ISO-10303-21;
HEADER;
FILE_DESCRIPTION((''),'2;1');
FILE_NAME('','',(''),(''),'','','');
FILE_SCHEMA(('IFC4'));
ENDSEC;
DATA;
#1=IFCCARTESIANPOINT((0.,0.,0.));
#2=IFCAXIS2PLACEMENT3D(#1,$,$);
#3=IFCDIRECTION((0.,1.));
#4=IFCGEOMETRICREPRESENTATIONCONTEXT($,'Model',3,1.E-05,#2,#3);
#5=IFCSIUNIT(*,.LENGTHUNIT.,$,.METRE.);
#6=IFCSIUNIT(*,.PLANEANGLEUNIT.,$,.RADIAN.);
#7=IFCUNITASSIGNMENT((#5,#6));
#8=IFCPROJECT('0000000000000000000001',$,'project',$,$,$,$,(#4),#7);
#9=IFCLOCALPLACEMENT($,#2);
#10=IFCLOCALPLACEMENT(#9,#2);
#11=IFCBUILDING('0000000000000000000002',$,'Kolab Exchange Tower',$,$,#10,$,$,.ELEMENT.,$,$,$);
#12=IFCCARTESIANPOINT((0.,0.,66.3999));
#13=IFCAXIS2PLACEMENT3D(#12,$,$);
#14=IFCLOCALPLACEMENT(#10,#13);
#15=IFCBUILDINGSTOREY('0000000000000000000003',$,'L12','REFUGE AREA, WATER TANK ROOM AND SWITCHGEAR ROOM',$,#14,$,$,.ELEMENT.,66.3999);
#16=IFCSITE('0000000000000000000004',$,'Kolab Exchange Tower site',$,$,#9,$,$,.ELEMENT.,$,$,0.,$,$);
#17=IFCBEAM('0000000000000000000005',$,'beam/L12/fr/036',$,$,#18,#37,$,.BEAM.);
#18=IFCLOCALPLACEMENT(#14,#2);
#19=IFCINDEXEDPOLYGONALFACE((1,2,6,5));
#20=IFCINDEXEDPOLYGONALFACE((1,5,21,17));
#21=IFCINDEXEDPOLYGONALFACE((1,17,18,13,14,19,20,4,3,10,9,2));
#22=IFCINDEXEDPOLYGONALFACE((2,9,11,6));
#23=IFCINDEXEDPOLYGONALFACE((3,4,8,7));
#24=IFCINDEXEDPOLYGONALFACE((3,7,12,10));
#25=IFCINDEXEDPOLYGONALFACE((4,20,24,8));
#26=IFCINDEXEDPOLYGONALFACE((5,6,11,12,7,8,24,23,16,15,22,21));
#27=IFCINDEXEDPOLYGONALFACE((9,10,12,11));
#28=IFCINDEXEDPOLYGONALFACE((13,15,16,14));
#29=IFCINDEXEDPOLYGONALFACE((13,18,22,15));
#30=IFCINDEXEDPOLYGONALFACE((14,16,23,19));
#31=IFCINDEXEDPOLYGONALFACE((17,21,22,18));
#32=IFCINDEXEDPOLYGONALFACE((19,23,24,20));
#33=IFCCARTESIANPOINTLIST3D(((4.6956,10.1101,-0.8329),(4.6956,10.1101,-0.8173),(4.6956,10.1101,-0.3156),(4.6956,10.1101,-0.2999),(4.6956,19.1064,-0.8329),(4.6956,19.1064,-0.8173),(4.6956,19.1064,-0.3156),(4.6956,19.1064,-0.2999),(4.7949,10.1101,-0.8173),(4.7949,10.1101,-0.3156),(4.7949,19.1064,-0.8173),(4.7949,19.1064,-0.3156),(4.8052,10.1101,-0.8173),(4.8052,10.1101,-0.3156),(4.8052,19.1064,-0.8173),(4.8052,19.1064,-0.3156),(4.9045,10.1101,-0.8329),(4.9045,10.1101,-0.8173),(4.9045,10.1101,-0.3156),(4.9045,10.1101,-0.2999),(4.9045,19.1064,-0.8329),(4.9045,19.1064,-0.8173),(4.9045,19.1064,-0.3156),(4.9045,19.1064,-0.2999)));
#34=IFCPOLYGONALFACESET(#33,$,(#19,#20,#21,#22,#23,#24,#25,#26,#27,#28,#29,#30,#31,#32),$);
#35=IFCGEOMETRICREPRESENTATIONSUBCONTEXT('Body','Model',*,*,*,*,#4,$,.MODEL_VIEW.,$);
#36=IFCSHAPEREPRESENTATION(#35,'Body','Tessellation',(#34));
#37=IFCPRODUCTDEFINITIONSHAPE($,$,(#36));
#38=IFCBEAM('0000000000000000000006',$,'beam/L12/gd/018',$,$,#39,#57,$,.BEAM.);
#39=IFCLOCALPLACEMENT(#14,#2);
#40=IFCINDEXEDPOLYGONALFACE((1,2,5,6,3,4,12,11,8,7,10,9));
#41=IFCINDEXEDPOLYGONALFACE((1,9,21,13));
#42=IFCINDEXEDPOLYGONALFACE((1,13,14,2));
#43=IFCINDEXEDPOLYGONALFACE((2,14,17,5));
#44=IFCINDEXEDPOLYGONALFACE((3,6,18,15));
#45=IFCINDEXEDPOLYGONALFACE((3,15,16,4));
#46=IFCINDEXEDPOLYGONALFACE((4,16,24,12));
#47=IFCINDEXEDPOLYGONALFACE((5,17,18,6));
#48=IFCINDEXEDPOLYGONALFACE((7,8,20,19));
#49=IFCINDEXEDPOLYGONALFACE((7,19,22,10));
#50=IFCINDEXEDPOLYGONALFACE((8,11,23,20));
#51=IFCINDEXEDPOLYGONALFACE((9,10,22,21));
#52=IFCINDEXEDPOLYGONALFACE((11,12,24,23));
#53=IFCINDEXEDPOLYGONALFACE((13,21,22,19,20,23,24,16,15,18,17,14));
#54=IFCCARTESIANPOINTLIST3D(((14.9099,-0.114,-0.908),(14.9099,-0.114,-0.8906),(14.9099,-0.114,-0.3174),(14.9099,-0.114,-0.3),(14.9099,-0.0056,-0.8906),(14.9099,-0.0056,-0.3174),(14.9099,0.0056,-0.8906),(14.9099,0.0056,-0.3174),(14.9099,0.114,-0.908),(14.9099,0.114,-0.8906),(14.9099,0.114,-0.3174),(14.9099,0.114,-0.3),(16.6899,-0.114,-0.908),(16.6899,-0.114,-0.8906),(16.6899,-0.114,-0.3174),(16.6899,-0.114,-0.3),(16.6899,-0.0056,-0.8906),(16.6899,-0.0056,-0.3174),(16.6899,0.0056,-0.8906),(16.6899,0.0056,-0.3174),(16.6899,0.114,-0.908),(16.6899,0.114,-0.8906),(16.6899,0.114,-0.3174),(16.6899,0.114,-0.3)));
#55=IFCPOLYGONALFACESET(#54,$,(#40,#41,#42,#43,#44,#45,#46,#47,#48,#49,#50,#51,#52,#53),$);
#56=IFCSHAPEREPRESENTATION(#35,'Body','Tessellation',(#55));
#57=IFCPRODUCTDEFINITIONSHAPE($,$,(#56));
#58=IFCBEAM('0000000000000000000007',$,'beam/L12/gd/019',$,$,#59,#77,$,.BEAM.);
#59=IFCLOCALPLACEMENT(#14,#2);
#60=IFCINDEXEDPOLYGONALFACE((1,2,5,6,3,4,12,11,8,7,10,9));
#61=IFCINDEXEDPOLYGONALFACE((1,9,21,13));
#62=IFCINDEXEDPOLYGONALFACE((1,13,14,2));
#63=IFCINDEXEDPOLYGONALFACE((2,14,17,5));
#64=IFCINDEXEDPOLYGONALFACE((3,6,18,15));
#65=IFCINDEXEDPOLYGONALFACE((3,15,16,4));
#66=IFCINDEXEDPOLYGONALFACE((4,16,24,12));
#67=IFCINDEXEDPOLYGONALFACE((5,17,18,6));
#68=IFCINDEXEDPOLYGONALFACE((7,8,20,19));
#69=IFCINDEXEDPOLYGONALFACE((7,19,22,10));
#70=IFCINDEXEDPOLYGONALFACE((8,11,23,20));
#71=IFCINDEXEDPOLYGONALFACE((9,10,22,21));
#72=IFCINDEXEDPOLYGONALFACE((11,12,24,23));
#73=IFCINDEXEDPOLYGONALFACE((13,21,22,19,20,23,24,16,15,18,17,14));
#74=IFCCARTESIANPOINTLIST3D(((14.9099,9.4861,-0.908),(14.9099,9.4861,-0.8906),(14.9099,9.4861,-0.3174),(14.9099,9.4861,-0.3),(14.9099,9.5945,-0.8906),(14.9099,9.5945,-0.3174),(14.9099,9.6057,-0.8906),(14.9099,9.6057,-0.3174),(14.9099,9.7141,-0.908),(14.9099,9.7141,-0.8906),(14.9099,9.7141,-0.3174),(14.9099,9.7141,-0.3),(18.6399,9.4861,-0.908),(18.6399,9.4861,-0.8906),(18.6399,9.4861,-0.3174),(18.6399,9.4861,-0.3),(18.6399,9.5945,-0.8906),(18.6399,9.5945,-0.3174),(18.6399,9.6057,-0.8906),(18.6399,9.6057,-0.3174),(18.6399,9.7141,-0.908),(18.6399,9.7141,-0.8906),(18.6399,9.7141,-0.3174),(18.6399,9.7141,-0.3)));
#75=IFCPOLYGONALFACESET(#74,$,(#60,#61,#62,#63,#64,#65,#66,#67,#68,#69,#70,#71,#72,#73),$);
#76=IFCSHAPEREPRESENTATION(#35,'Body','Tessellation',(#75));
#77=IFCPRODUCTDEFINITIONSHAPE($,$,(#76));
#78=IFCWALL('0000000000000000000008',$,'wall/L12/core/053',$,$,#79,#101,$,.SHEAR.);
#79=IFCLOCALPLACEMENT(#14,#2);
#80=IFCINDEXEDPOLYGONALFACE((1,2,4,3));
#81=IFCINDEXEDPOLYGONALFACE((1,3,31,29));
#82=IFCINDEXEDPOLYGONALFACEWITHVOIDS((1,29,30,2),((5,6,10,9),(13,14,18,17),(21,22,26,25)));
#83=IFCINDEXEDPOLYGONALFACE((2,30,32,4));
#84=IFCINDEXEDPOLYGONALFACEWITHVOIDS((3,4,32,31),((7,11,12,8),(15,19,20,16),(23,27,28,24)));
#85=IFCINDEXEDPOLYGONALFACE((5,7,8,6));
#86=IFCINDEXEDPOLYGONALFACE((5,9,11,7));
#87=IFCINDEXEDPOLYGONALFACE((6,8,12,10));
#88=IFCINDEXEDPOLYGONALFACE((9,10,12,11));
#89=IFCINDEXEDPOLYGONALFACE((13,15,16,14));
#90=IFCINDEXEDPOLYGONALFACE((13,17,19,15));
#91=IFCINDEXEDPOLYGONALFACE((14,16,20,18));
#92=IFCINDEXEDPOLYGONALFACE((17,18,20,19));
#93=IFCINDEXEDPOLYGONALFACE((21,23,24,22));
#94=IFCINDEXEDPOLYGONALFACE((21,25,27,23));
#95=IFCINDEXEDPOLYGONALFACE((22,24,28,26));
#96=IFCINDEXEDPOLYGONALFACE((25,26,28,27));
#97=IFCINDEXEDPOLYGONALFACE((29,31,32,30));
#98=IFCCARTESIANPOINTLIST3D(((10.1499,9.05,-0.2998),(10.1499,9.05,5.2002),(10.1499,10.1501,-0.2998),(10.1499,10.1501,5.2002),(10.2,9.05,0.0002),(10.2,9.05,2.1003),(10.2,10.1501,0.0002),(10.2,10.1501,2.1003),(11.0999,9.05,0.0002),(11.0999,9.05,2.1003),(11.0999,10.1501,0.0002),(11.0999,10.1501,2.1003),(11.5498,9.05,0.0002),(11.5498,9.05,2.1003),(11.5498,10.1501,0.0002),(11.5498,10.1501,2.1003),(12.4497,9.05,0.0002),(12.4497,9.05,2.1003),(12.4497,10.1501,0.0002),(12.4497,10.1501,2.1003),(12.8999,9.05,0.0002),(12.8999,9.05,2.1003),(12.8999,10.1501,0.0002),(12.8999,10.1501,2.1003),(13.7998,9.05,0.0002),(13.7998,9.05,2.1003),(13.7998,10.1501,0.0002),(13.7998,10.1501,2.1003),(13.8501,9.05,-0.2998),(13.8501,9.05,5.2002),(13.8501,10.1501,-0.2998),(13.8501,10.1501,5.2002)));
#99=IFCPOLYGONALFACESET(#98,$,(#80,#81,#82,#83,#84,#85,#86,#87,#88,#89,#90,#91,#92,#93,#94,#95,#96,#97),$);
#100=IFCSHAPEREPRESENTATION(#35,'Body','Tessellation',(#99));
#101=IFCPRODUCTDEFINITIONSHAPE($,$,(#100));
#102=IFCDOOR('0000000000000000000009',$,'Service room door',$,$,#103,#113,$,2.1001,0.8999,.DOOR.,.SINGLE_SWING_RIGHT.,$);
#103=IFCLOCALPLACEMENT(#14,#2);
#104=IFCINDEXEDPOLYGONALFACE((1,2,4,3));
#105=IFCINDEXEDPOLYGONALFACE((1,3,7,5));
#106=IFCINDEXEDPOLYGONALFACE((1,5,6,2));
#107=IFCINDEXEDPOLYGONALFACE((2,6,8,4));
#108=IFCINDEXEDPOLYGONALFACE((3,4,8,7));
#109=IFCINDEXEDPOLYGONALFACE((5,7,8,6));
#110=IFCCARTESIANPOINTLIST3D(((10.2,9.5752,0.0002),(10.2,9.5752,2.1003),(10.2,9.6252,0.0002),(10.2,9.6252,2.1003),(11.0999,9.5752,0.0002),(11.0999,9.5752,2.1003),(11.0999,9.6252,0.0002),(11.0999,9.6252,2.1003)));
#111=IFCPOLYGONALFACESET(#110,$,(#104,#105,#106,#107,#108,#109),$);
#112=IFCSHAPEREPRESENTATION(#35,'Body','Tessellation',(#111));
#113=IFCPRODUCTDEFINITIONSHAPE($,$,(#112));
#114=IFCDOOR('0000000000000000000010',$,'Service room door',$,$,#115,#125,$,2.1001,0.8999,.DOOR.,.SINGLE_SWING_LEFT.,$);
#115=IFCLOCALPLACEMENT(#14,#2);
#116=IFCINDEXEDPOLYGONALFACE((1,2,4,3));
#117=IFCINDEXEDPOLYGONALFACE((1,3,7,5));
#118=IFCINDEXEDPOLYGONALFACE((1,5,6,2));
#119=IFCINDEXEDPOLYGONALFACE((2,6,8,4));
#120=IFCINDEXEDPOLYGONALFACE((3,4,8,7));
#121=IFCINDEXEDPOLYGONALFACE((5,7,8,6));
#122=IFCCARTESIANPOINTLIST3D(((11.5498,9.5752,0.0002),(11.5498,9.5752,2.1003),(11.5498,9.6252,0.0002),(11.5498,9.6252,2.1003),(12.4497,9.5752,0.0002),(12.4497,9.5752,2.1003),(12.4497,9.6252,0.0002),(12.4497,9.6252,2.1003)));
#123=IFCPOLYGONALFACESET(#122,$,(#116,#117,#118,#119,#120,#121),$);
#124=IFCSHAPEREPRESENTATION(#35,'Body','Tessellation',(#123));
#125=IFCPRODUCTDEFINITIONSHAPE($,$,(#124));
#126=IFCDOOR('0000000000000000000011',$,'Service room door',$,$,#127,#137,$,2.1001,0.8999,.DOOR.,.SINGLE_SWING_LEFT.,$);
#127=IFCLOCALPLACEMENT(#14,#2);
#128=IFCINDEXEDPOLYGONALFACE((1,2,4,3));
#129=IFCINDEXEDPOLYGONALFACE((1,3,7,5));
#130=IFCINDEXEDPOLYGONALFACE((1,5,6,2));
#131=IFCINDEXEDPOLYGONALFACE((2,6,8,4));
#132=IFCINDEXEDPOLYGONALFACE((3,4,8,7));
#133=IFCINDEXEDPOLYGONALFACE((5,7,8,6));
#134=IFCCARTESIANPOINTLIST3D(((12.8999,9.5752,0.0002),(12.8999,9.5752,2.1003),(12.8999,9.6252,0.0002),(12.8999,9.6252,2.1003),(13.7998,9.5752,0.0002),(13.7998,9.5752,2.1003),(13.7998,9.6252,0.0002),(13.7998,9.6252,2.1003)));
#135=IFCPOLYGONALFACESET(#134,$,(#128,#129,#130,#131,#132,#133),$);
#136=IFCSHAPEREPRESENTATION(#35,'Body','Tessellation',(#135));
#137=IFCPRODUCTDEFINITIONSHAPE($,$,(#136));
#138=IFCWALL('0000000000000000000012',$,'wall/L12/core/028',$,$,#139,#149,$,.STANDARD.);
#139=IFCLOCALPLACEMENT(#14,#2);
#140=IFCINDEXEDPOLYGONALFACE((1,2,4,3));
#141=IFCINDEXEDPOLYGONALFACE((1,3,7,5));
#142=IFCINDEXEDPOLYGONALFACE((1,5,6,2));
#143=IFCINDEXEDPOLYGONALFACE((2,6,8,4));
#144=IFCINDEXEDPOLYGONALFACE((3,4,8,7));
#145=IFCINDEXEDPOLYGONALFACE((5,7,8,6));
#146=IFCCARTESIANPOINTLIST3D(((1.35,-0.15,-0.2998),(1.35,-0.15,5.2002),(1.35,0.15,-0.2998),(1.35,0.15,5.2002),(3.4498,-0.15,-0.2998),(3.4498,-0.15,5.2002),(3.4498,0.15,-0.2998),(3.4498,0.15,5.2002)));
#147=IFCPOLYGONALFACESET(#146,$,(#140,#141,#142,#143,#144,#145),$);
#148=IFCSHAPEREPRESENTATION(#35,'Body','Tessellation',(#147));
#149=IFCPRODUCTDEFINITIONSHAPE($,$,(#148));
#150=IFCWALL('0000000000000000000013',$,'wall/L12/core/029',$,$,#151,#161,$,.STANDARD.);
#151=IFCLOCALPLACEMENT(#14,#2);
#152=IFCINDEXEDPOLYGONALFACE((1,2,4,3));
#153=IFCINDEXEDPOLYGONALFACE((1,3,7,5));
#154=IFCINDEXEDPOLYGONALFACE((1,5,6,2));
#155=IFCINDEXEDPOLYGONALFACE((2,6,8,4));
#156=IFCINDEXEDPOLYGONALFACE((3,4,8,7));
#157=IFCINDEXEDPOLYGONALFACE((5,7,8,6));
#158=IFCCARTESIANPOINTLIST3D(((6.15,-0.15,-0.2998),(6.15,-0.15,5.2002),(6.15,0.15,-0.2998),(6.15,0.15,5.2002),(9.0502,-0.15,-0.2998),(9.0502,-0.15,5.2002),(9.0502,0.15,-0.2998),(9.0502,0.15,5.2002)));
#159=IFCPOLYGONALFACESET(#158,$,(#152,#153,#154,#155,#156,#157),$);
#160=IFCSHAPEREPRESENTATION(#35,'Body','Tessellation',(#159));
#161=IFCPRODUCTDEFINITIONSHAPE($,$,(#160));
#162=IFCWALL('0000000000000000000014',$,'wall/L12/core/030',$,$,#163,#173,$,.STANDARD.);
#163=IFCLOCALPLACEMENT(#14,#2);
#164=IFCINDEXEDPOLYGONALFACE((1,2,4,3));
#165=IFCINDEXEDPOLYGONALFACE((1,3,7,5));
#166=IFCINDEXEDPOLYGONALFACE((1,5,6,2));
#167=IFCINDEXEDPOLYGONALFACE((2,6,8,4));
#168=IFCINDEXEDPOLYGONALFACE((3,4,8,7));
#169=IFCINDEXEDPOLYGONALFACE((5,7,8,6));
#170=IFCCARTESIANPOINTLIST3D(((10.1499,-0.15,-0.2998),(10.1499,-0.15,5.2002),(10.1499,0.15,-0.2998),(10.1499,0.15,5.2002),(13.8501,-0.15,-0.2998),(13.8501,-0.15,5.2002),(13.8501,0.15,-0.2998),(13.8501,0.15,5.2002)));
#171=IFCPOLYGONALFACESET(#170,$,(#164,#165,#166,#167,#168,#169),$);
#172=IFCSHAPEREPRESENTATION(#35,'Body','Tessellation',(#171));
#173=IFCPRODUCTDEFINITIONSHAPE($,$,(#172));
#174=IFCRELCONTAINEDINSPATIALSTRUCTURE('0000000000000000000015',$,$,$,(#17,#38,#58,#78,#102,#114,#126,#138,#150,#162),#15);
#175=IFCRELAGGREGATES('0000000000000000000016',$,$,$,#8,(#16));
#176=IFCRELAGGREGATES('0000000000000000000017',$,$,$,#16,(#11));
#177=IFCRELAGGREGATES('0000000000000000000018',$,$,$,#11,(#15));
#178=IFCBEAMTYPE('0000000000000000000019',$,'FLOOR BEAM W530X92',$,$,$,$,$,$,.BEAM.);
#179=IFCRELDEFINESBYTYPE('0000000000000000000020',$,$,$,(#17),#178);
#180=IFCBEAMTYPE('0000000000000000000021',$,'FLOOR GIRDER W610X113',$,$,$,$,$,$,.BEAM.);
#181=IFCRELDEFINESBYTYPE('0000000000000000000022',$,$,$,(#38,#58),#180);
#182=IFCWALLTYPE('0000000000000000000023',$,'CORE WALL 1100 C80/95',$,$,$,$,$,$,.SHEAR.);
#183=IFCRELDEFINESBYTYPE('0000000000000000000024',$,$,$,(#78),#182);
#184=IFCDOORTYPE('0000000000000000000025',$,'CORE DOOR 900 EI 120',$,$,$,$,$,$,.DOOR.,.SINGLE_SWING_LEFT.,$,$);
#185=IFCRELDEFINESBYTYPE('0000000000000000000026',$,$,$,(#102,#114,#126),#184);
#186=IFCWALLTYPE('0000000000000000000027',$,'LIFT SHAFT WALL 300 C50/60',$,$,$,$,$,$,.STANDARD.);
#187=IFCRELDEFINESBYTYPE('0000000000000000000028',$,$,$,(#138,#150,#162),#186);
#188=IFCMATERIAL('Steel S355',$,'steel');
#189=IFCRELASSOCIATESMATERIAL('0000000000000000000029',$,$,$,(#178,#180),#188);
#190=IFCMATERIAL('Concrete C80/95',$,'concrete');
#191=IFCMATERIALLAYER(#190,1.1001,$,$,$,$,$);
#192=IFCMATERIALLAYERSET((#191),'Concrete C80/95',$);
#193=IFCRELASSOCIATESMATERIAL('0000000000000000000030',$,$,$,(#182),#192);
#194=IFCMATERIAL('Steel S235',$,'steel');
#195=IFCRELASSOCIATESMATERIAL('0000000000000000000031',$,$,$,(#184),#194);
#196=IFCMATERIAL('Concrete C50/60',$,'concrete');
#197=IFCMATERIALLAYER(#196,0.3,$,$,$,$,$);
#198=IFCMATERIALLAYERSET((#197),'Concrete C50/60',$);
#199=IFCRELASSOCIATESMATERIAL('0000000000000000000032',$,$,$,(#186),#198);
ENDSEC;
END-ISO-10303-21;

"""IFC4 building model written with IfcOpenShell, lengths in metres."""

from ifc_helpers import new_model, si_unit, direction, frame, frame_2d, origin, origin_2d, place, context, subcontext, project, spatial, rectangle, i_section, extrude, material, layer, layer_set, material_profile, profile_set, type_object, element, fill, save


model = new_model("IFC4")

# Units and contexts
model_context = context("Model", 3, precision=1e-05, world=origin(), true_north=direction((0.0, 1.0)))
body_context = subcontext(model_context, "Body", "Model", "MODEL_VIEW")
ifc_project = project(units=[si_unit("LENGTHUNIT", "METRE"), si_unit("PLANEANGLEUNIT", "RADIAN")], contexts=[model_context])

# Site, building, storey
site_placement = place(None, origin())
site = spatial("IfcSite", under=ifc_project, at=site_placement, Name="Kolab Exchange Tower site", CompositionType="ELEMENT", RefElevation=0.0)
building_placement = place(site_placement, origin())
building = spatial("IfcBuilding", under=site, at=building_placement, Name="Kolab Exchange Tower", CompositionType="ELEMENT")
storey_placement = place(building_placement, frame((0.0, 0.0, 66.3999)))
storey = spatial("IfcBuildingStorey", under=building, at=storey_placement, Name="L12", Description="REFUGE AREA, WATER TANK ROOM AND SWITCHGEAR ROOM", CompositionType="ELEMENT", Elevation=66.3999)

# Beams
ifc_material_1 = material(Name="Steel S355", Category="steel")
ifc_material_profile_1 = material_profile(ifc_material_1, i_section(OverallWidth=0.209, OverallDepth=0.533, WebThickness=0.0103, FlangeThickness=0.0156, at=origin_2d()), Name="W530X92")
ifc_profile_set_1 = profile_set([ifc_material_profile_1], Name="Steel S355")
beam_type_1 = type_object("IfcBeamType", Name="FLOOR BEAM W530X92", PredefinedType="BEAM", material=ifc_profile_set_1)
beam_1_placement = place(storey_placement, frame((4.8, 10.1101, -0.5664), z_axis=(0.0, 1.0, 0.0), x_axis=(-1.0, 0.0, 0.0)))
element("IfcBeam", 1, at=beam_1_placement, inside=storey, type_object=beam_type_1, Name="beam/L12/fr/036", PredefinedType="BEAM", context=body_context, shape_type="SweptSolid", body=[
    extrude(i_section(OverallWidth=0.209, OverallDepth=0.533, WebThickness=0.0103, FlangeThickness=0.0156, at=origin_2d()), origin(), (0.0, 0.0, 1.0), 8.9963),
])
ifc_material_profile_2 = material_profile(ifc_material_1, i_section(OverallWidth=0.228, OverallDepth=0.6079, WebThickness=0.0112, FlangeThickness=0.0173, at=origin_2d()), Name="W610X113")
ifc_profile_set_2 = profile_set([ifc_material_profile_2], Name="Steel S355")
beam_type_2 = type_object("IfcBeamType", Name="FLOOR GIRDER W610X113", PredefinedType="BEAM", material=ifc_profile_set_2)
beam_2_placement = place(storey_placement, frame((14.9099, 0.0, -0.604), z_axis=(1.0, 0.0, 0.0), x_axis=(0.0, 1.0, 0.0)))
element("IfcBeam", 2, at=beam_2_placement, inside=storey, type_object=beam_type_2, Name="beam/L12/gd/018", PredefinedType="BEAM", context=body_context, shape_type="SweptSolid", body=[
    extrude(i_section(OverallWidth=0.228, OverallDepth=0.6079, WebThickness=0.0112, FlangeThickness=0.0173, at=origin_2d()), origin(), (0.0, 0.0, 1.0), 1.78),
])
beam_3_placement = place(storey_placement, frame((14.9099, 9.6001, -0.604), z_axis=(1.0, 0.0, 0.0), x_axis=(0.0, 1.0, 0.0)))
element("IfcBeam", 3, at=beam_3_placement, inside=storey, type_object=beam_type_2, Name="beam/L12/gd/019", PredefinedType="BEAM", context=body_context, shape_type="SweptSolid", body=[
    extrude(i_section(OverallWidth=0.228, OverallDepth=0.6079, WebThickness=0.0112, FlangeThickness=0.0173, at=origin_2d()), origin(), (0.0, 0.0, 1.0), 3.73),
])

# Wall, openings, doors
ifc_material_2 = material(Name="Concrete C80/95", Category="concrete")
ifc_layer_1 = layer(ifc_material_2, 1.1001)
ifc_layer_set_1 = layer_set([ifc_layer_1], Name="Concrete C80/95")
wall_type_1 = type_object("IfcWallType", Name="CORE WALL 1100 C80/95", PredefinedType="SHEAR", material=ifc_layer_set_1)
wall_1_placement = place(storey_placement, frame((10.1499, 9.6001, -0.2998), z_axis=(0.0, 0.0, 1.0), x_axis=(1.0, 0.0, 0.0)))
wall_1 = element("IfcWall", 4, at=wall_1_placement, inside=storey, type_object=wall_type_1, Name="wall/L12/core/053", PredefinedType="SHEAR", context=body_context, shape_type="SweptSolid", body=[
    extrude(rectangle(XDim=3.7002, YDim=1.1001, at=frame_2d((1.8501, 0.0))), origin(), (0.0, 0.0, 1.0), 5.5),
])
opening_1_placement = place(wall_1_placement, frame((0.05, 0.0, 0.3)))
opening_1 = element("IfcOpeningElement", 5, at=opening_1_placement, cuts=wall_1, PredefinedType="OPENING", context=body_context, shape_type="SweptSolid", body=[
    extrude(rectangle(XDim=0.8999, YDim=2.1001, at=frame_2d((0.45, 1.05))), frame((0.0, 0.5601, 0.0), z_axis=(0.0, -1.0, 0.0), x_axis=(1.0, 0.0, 0.0)), (0.0, 0.0, 1.0), 1.1201),
])
opening_2_placement = place(wall_1_placement, frame((1.3999, 0.0, 0.3)))
opening_2 = element("IfcOpeningElement", 6, at=opening_2_placement, cuts=wall_1, PredefinedType="OPENING", context=body_context, shape_type="SweptSolid", body=[
    extrude(rectangle(XDim=0.8999, YDim=2.1001, at=frame_2d((0.45, 1.05))), frame((0.0, 0.5601, 0.0), z_axis=(0.0, -1.0, 0.0), x_axis=(1.0, 0.0, 0.0)), (0.0, 0.0, 1.0), 1.1201),
])
opening_3_placement = place(wall_1_placement, frame((2.75, 0.0, 0.3)))
opening_3 = element("IfcOpeningElement", 7, at=opening_3_placement, cuts=wall_1, PredefinedType="OPENING", context=body_context, shape_type="SweptSolid", body=[
    extrude(rectangle(XDim=0.8999, YDim=2.1001, at=frame_2d((0.45, 1.05))), frame((0.0, 0.5601, 0.0), z_axis=(0.0, -1.0, 0.0), x_axis=(1.0, 0.0, 0.0)), (0.0, 0.0, 1.0), 1.1201),
])
ifc_material_3 = material(Name="Steel S235", Category="steel")
door_type_1 = type_object("IfcDoorType", Name="CORE DOOR 900 EI 120", OperationType="SINGLE_SWING_LEFT", PredefinedType="DOOR", material=ifc_material_3)
door_1_placement = place(opening_1_placement, frame((0.8999, 0.0, 0.0), z_axis=(0.0, 0.0, 1.0), x_axis=(-1.0, 0.0, 0.0)))
door_1 = element("IfcDoor", 8, at=door_1_placement, inside=storey, type_object=door_type_1, Name="Service room door", OperationType="SINGLE_SWING_RIGHT", OverallHeight=2.1001, OverallWidth=0.8999, PredefinedType="DOOR", context=body_context, shape_type="SweptSolid", body=[
    extrude(rectangle(XDim=0.8999, YDim=2.1001, at=frame_2d((0.45, 1.05))), frame((0.0, 0.0249, 0.0), z_axis=(0.0, -1.0, 0.0), x_axis=(1.0, 0.0, 0.0)), (0.0, 0.0, 1.0), 0.05),
])
fill(opening_1, door_1)
door_2_placement = place(opening_2_placement, frame((0.8999, 0.0, 0.0), z_axis=(0.0, 0.0, 1.0), x_axis=(-1.0, 0.0, 0.0)))
door_2 = element("IfcDoor", 9, at=door_2_placement, inside=storey, type_object=door_type_1, Name="Service room door", OperationType="SINGLE_SWING_LEFT", OverallHeight=2.1001, OverallWidth=0.8999, PredefinedType="DOOR", context=body_context, shape_type="SweptSolid", body=[
    extrude(rectangle(XDim=0.8999, YDim=2.1001, at=frame_2d((0.45, 1.05))), frame((0.0, 0.0249, 0.0), z_axis=(0.0, -1.0, 0.0), x_axis=(1.0, 0.0, 0.0)), (0.0, 0.0, 1.0), 0.05),
])
fill(opening_2, door_2)
door_3_placement = place(opening_3_placement, frame((0.8999, 0.0, 0.0), z_axis=(0.0, 0.0, 1.0), x_axis=(-1.0, 0.0, 0.0)))
door_3 = element("IfcDoor", 10, at=door_3_placement, inside=storey, type_object=door_type_1, Name="Service room door", OperationType="SINGLE_SWING_LEFT", OverallHeight=2.1001, OverallWidth=0.8999, PredefinedType="DOOR", context=body_context, shape_type="SweptSolid", body=[
    extrude(rectangle(XDim=0.8999, YDim=2.1001, at=frame_2d((0.45, 1.05))), frame((0.0, 0.0249, 0.0), z_axis=(0.0, -1.0, 0.0), x_axis=(1.0, 0.0, 0.0)), (0.0, 0.0, 1.0), 0.05),
])
fill(opening_3, door_3)

# Walls
ifc_material_4 = material(Name="Concrete C50/60", Category="concrete")
ifc_layer_2 = layer(ifc_material_4, 0.3)
ifc_layer_set_2 = layer_set([ifc_layer_2], Name="Concrete C50/60")
wall_type_2 = type_object("IfcWallType", Name="LIFT SHAFT WALL 300 C50/60", PredefinedType="STANDARD", material=ifc_layer_set_2)
wall_2_placement = place(storey_placement, frame((1.3501, 0.0, -0.2998), z_axis=(0.0, 0.0, 1.0), x_axis=(1.0, 0.0, 0.0)))
element("IfcWall", 11, at=wall_2_placement, inside=storey, type_object=wall_type_2, Name="wall/L12/core/028", PredefinedType="STANDARD", context=body_context, shape_type="SweptSolid", body=[
    extrude(rectangle(XDim=2.0999, YDim=0.3, at=frame_2d((1.0498, 0.0))), origin(), (0.0, 0.0, 1.0), 5.5),
])
wall_3_placement = place(storey_placement, frame((6.1499, 0.0, -0.2998), z_axis=(0.0, 0.0, 1.0), x_axis=(1.0, 0.0, 0.0)))
element("IfcWall", 12, at=wall_3_placement, inside=storey, type_object=wall_type_2, Name="wall/L12/core/029", PredefinedType="STANDARD", context=body_context, shape_type="SweptSolid", body=[
    extrude(rectangle(XDim=2.9001, YDim=0.3, at=frame_2d((1.4502, 0.0))), origin(), (0.0, 0.0, 1.0), 5.5),
])
wall_4_placement = place(storey_placement, frame((10.1499, 0.0, -0.2998), z_axis=(0.0, 0.0, 1.0), x_axis=(1.0, 0.0, 0.0)))
element("IfcWall", 13, at=wall_4_placement, inside=storey, type_object=wall_type_2, Name="wall/L12/core/030", PredefinedType="STANDARD", context=body_context, shape_type="SweptSolid", body=[
    extrude(rectangle(XDim=3.7002, YDim=0.3, at=frame_2d((1.8501, 0.0))), origin(), (0.0, 0.0, 1.0), 5.5),
])

save(model, "model.ifc")
